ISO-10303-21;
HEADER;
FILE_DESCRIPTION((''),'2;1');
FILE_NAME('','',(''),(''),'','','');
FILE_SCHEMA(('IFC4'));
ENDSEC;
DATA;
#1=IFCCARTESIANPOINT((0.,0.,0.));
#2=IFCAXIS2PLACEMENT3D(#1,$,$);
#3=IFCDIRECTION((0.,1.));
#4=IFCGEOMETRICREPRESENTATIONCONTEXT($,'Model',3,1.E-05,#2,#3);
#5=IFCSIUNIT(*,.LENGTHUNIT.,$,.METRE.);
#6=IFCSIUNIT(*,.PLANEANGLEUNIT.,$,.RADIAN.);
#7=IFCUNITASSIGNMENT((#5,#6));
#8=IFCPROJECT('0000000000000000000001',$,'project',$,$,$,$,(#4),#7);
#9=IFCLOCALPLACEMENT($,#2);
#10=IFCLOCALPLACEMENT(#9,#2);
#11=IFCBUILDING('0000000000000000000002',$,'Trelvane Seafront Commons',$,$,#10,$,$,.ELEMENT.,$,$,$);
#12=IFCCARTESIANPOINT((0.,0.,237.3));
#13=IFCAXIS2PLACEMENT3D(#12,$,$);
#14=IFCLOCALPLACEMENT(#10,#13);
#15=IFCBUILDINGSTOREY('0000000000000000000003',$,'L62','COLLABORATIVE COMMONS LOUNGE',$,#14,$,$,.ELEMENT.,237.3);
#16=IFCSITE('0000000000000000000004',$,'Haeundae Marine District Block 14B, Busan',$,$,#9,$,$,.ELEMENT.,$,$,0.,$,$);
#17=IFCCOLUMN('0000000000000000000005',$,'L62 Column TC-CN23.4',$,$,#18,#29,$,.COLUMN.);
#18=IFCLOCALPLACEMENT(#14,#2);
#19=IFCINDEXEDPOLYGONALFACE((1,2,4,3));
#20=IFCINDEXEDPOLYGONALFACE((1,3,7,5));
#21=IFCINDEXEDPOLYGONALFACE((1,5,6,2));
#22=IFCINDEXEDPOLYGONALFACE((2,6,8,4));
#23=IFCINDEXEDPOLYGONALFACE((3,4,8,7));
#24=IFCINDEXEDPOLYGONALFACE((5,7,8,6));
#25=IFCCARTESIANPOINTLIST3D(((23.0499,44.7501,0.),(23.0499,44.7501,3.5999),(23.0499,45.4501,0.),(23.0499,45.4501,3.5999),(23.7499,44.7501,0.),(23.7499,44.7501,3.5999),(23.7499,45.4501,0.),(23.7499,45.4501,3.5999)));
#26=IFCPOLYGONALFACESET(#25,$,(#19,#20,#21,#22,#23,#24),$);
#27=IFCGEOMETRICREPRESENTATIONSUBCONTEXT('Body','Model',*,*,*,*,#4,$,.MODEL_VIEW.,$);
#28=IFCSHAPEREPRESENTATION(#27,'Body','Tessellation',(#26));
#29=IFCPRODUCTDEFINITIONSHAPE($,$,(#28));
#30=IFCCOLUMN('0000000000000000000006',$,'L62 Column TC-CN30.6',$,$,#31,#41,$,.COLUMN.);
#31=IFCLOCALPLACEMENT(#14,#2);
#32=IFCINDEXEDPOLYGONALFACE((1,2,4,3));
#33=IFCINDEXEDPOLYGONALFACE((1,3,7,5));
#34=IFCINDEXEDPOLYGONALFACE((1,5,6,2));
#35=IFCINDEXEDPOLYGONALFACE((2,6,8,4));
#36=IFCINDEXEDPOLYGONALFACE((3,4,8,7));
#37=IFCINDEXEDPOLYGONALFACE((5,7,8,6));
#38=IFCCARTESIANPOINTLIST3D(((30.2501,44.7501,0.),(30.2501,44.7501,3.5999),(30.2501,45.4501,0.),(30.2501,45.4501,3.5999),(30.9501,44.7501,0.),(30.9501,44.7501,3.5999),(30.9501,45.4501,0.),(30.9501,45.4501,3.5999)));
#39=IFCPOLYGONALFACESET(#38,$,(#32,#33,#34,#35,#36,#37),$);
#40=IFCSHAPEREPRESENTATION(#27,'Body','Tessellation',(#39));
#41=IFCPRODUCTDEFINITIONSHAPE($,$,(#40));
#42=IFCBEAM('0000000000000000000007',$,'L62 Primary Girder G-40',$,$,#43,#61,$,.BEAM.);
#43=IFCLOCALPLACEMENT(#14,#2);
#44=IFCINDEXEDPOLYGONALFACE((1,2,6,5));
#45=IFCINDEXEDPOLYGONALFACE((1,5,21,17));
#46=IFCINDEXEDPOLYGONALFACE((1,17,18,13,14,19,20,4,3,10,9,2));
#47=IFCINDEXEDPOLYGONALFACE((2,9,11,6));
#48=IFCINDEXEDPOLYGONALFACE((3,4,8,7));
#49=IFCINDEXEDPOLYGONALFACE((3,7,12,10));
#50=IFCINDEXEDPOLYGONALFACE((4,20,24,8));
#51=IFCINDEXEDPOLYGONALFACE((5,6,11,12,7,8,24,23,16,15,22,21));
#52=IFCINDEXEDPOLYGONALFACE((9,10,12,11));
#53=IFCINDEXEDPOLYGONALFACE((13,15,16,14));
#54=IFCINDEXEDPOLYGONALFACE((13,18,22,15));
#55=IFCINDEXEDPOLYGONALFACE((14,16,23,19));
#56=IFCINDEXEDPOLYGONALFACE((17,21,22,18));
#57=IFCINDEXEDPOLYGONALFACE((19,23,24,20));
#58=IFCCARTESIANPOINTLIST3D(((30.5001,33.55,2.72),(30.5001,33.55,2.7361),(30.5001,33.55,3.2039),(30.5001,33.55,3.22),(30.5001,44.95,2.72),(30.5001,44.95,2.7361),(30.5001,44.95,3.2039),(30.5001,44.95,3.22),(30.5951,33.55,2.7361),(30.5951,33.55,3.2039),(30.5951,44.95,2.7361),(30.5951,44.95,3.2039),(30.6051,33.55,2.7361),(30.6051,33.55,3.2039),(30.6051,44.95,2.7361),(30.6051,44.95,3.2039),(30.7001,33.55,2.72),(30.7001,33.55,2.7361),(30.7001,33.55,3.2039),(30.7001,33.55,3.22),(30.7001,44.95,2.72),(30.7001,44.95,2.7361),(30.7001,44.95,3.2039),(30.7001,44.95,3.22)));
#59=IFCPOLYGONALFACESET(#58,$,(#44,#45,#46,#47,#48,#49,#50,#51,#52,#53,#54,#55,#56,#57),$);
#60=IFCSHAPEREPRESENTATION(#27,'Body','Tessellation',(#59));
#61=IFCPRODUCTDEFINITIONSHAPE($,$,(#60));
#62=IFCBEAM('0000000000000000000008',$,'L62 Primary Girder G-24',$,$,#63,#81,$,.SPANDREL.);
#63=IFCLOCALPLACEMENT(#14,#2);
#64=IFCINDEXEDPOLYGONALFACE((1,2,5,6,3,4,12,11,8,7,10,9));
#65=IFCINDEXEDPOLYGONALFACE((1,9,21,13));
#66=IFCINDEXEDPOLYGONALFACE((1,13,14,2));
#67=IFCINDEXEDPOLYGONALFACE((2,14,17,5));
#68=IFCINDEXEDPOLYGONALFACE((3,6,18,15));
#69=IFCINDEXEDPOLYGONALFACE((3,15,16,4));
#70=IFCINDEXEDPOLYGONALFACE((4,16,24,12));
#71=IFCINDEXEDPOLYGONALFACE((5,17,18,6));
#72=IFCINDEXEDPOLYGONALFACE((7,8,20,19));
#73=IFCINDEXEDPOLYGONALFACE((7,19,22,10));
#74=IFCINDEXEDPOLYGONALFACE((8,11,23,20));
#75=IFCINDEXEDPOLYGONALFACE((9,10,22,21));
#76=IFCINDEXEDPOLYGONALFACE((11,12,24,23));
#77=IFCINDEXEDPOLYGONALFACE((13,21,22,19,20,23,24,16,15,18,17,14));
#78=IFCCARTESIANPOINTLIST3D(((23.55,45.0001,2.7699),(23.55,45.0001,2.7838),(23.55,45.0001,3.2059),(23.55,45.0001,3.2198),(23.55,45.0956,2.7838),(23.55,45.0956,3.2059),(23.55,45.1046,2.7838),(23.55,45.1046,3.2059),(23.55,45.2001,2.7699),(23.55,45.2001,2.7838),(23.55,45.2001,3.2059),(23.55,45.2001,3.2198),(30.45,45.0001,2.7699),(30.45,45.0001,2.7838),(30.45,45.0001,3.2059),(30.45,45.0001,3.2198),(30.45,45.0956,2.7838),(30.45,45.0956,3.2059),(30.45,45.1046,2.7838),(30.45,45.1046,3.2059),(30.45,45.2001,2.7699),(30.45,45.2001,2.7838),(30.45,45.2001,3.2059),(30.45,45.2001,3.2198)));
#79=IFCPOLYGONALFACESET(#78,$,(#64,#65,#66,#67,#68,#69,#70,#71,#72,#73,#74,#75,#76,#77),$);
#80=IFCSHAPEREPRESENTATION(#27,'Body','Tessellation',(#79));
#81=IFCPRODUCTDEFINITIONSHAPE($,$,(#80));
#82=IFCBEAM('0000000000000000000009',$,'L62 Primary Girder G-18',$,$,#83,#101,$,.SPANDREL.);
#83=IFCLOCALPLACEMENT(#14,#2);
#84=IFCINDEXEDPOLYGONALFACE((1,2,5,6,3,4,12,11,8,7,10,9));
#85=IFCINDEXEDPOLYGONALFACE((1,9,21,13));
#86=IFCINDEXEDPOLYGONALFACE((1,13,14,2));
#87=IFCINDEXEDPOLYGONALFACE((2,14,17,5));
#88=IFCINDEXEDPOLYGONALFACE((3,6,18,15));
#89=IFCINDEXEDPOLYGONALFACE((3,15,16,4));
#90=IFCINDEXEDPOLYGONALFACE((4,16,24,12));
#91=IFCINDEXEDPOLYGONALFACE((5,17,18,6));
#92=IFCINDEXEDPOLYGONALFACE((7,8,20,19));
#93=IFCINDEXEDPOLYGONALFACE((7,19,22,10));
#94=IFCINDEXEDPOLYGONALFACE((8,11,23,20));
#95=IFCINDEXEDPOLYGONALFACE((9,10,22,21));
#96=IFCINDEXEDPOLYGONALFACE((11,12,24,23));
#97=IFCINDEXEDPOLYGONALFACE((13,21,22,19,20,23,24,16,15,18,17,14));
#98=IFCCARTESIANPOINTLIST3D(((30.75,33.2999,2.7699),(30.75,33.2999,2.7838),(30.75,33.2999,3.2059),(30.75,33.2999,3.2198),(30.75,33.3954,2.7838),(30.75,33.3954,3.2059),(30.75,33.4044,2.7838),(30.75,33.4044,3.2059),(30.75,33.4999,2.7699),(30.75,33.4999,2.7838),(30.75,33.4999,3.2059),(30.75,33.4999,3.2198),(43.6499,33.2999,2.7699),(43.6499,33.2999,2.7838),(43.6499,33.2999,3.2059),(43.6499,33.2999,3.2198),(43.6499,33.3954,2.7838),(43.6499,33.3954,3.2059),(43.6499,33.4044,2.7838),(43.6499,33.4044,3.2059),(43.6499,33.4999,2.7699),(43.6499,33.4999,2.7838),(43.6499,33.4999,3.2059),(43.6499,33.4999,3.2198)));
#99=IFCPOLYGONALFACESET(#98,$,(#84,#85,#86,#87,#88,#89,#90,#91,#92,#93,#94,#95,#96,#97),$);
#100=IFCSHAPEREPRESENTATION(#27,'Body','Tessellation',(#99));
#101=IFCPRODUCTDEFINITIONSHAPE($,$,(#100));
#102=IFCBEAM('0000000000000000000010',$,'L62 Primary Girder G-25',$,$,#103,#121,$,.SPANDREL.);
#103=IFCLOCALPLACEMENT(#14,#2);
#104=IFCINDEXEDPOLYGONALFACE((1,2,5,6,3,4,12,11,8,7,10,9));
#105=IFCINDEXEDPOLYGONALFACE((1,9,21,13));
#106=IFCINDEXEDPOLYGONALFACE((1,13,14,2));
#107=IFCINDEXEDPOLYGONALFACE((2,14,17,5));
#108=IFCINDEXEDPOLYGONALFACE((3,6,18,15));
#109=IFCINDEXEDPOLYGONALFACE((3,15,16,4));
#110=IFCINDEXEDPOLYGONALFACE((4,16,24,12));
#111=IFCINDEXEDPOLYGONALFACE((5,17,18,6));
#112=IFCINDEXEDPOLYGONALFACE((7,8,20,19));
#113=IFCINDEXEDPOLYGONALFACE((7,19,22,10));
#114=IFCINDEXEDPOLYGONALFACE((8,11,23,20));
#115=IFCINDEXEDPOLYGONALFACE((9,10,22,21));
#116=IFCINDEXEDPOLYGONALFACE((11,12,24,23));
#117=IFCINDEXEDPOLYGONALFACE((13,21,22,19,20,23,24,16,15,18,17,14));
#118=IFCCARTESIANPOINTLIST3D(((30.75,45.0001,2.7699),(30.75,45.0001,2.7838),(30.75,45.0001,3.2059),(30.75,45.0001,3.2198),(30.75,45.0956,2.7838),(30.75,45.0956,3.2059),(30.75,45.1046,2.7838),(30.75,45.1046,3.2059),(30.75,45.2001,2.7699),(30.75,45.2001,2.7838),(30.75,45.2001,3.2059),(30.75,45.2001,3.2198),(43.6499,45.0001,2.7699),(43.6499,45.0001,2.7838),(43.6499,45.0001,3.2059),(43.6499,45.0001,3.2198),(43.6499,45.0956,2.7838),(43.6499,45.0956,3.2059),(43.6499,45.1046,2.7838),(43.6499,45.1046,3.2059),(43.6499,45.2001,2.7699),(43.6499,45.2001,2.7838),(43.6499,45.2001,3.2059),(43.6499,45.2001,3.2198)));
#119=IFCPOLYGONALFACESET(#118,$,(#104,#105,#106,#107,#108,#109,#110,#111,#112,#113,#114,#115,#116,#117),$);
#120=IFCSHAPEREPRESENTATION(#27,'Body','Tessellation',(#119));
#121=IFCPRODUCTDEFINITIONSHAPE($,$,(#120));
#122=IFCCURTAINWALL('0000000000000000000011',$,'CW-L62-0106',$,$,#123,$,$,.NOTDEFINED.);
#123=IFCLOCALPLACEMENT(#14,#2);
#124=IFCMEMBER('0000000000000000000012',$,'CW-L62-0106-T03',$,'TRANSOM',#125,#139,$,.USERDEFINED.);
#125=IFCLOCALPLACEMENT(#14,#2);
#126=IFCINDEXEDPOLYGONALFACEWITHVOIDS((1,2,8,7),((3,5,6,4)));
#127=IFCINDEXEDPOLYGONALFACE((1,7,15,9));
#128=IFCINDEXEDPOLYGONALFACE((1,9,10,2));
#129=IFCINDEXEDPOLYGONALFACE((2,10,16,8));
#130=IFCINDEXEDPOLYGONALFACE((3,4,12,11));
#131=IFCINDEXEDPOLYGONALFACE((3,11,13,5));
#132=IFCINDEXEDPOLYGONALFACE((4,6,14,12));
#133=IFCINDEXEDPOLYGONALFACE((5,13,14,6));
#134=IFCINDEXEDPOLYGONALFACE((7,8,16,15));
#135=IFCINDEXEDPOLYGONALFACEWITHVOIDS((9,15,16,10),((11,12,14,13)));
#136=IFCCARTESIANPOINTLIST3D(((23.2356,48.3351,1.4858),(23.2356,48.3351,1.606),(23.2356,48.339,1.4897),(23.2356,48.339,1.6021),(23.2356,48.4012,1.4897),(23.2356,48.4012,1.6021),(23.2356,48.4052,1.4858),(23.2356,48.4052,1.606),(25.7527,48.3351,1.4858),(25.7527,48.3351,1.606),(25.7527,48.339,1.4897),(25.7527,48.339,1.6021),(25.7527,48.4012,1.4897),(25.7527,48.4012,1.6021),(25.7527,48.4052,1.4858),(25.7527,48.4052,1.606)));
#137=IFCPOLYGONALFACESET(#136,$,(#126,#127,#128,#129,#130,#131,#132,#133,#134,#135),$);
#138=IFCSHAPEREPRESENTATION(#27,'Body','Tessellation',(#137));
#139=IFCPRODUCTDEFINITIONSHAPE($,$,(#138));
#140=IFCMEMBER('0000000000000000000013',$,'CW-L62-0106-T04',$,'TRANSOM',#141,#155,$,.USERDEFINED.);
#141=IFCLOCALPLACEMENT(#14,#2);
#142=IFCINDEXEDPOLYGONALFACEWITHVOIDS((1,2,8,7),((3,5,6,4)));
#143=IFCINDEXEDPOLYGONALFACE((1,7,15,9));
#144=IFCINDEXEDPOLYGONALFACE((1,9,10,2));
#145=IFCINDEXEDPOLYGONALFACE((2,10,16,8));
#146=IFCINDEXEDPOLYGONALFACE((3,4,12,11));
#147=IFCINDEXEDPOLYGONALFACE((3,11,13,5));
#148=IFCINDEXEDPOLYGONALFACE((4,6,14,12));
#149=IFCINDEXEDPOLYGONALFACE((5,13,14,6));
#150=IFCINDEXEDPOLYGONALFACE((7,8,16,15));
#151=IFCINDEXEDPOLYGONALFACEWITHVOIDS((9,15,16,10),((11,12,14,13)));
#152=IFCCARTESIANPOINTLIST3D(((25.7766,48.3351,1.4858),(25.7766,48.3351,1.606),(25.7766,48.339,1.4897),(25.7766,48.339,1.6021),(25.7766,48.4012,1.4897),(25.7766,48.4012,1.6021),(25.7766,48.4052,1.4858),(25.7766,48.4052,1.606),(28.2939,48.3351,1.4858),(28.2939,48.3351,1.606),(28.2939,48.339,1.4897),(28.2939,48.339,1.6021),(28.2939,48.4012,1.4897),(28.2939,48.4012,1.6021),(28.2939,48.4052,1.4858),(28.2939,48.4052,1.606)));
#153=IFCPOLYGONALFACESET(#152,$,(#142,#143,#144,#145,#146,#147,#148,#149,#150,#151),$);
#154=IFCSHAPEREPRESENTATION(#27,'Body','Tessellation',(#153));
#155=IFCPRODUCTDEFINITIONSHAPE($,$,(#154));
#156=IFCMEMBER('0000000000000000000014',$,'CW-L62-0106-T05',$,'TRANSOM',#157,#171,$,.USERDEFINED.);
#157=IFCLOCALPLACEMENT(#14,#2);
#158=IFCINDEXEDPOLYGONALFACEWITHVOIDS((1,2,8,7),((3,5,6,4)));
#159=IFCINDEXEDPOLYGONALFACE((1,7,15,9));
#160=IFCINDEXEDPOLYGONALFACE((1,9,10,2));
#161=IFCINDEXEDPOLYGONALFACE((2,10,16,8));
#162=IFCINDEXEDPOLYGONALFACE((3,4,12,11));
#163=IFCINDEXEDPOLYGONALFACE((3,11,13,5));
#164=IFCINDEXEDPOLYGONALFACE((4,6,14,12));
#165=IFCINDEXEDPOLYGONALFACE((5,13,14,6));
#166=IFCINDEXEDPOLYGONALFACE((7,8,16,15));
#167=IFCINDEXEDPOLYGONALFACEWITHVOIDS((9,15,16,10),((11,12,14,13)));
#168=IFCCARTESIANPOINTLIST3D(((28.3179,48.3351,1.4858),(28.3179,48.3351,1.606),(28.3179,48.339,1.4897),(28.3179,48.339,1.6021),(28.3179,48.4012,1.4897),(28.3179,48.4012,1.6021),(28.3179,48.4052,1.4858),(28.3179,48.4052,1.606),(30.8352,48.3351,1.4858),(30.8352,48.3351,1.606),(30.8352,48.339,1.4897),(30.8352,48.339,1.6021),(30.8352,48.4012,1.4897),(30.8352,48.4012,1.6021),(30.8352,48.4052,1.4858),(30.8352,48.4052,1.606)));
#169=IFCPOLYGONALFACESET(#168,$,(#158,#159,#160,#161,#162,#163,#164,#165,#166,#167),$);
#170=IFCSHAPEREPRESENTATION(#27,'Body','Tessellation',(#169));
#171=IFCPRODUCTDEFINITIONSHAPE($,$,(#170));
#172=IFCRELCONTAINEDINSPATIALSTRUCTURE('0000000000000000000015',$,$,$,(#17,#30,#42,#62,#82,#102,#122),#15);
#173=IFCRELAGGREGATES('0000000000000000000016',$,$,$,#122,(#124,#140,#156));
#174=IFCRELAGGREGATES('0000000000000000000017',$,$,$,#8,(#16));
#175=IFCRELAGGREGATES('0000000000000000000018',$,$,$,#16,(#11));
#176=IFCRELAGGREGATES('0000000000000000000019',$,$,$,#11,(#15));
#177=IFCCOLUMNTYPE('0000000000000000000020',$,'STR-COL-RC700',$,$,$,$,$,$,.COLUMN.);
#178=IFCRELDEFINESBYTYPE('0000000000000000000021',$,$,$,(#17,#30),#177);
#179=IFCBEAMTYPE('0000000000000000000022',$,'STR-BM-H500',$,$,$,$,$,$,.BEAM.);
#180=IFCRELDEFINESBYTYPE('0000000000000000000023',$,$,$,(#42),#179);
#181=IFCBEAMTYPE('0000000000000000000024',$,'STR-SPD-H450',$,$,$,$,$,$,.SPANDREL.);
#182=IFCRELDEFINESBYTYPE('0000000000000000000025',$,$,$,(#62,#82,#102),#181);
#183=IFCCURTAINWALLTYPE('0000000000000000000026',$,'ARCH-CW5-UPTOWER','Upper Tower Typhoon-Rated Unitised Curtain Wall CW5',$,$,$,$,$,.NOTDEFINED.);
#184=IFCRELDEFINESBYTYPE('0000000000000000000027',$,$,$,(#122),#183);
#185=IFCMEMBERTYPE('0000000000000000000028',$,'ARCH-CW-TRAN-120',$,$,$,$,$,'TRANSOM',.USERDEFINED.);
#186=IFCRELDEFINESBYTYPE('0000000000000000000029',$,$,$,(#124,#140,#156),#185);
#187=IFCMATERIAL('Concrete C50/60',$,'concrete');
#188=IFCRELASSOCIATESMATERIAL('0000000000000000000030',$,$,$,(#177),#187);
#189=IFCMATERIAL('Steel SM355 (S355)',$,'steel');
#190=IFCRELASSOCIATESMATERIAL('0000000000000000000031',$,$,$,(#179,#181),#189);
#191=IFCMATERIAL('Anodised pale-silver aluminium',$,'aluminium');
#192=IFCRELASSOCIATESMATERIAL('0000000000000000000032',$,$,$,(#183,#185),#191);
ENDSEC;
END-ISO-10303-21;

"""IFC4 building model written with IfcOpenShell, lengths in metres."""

from ifc_helpers import new_model, si_unit, direction, frame, origin, origin_2d, place, context, subcontext, project, spatial, rectangle, hollow_rectangle, i_section, extrude, source, transform, mapped, material, material_profile, profile_set, type_object, element, aggregate, save


model = new_model("IFC4")

# Units and contexts
model_context = context("Model", 3, precision=1e-05, world=origin(), true_north=direction((0.0, 1.0)))
body_context = subcontext(model_context, "Body", "Model", "MODEL_VIEW")
ifc_project = project(units=[si_unit("LENGTHUNIT", "METRE"), si_unit("PLANEANGLEUNIT", "RADIAN")], contexts=[model_context])

# Site, building, storey
site_placement = place(None, origin())
site = spatial("IfcSite", under=ifc_project, at=site_placement, Name="Haeundae Marine District Block 14B, Busan", CompositionType="ELEMENT", RefElevation=0.0)
building_placement = place(site_placement, origin())
building = spatial("IfcBuilding", under=site, at=building_placement, Name="Trelvane Seafront Commons", CompositionType="ELEMENT")
storey_placement = place(building_placement, frame((0.0, 0.0, 237.3)))
storey = spatial("IfcBuildingStorey", under=building, at=storey_placement, Name="L62", Description="COLLABORATIVE COMMONS LOUNGE", CompositionType="ELEMENT", Elevation=237.3)

# Columns
ifc_material_1 = material(Name="Concrete C50/60", Category="concrete")
ifc_material_profile_1 = material_profile(ifc_material_1, rectangle(XDim=0.7, YDim=0.7, at=origin_2d()), Name="RC-700x700")
ifc_profile_set_1 = profile_set([ifc_material_profile_1], Name="Concrete C50/60")
column_type = type_object("IfcColumnType", Name="STR-COL-RC700", PredefinedType="COLUMN", material=ifc_profile_set_1)
shared_shape_1 = source(origin(), body_context, "Body", "SweptSolid", [
    extrude(rectangle(XDim=0.7, YDim=0.7, at=origin_2d()), origin(), (0.0, 0.0, 1.0), 3.5999),
])
for number, where, z_axis, x_axis, name in (
    (1, (23.3999, 45.1001, 0.0), (0.0, 0.0, 1.0), (1.0, 0.0, 0.0), "L62 Column TC-CN23.4"),
    (2, (30.6001, 45.1001, 0.0), (0.0, 0.0, 1.0), (1.0, 0.0, 0.0), "L62 Column TC-CN30.6"),
):
    element("IfcColumn", number, at=place(storey_placement, frame(where, z_axis=z_axis, x_axis=x_axis)), inside=storey, type_object=column_type, Name=name, PredefinedType="COLUMN", context=body_context, shape_type="MappedRepresentation", body=[
        mapped(shared_shape_1, transform((0.0, 0.0, 0.0), x_axis=(1.0, 0.0, 0.0), y_axis=(0.0, 1.0, 0.0), z_axis=(0.0, 0.0, 1.0), scale=1.0)),
    ])

# Beams
ifc_material_2 = material(Name="Steel SM355 (S355)", Category="steel")
ifc_material_profile_2 = material_profile(ifc_material_2, i_section(OverallWidth=0.2, OverallDepth=0.5, WebThickness=0.01, FlangeThickness=0.0161, at=origin_2d()), Name="H-500x200x10x16")
ifc_profile_set_2 = profile_set([ifc_material_profile_2], Name="Steel SM355 (S355)")
beam_type_1 = type_object("IfcBeamType", Name="STR-BM-H500", PredefinedType="BEAM", material=ifc_profile_set_2)
shared_shape_2 = source(origin(), body_context, "Body", "SweptSolid", [
    extrude(i_section(OverallWidth=0.2, OverallDepth=0.5, WebThickness=0.01, FlangeThickness=0.0161, at=origin_2d()), origin(), (0.0, 0.0, 1.0), 11.3999),
])
beam_1_placement = place(storey_placement, frame((30.6001, 33.55, 2.97), z_axis=(0.0, 1.0, 0.0), x_axis=(-1.0, 0.0, 0.0)))
element("IfcBeam", 3, at=beam_1_placement, inside=storey, type_object=beam_type_1, Name="L62 Primary Girder G-40", PredefinedType="BEAM", context=body_context, shape_type="MappedRepresentation", body=[
    mapped(shared_shape_2, transform((0.0, 0.0, 0.0), x_axis=(1.0, 0.0, 0.0), y_axis=(0.0, 1.0, 0.0), z_axis=(0.0, 0.0, 1.0), scale=1.0)),
])
ifc_material_profile_3 = material_profile(ifc_material_2, i_section(OverallWidth=0.2, OverallDepth=0.45, WebThickness=0.009, FlangeThickness=0.0139, at=origin_2d()), Name="H-450x200x9x14")
ifc_profile_set_3 = profile_set([ifc_material_profile_3], Name="Steel SM355 (S355)")
beam_type_2 = type_object("IfcBeamType", Name="STR-SPD-H450", PredefinedType="SPANDREL", material=ifc_profile_set_3)
shared_shape_3 = source(origin(), body_context, "Body", "SweptSolid", [
    extrude(i_section(OverallWidth=0.2, OverallDepth=0.45, WebThickness=0.009, FlangeThickness=0.0139, at=origin_2d()), origin(), (0.0, 0.0, 1.0), 6.8999),
])
beam_2_placement = place(storey_placement, frame((23.55, 45.1001, 2.9949), z_axis=(1.0, 0.0, 0.0), x_axis=(0.0, 1.0, 0.0)))
element("IfcBeam", 4, at=beam_2_placement, inside=storey, type_object=beam_type_2, Name="L62 Primary Girder G-24", PredefinedType="SPANDREL", context=body_context, shape_type="MappedRepresentation", body=[
    mapped(shared_shape_3, transform((0.0, 0.0, 0.0), x_axis=(1.0, 0.0, 0.0), y_axis=(0.0, 1.0, 0.0), z_axis=(0.0, 0.0, 1.0), scale=1.0)),
])
shared_shape_4 = source(origin(), body_context, "Body", "SweptSolid", [
    extrude(i_section(OverallWidth=0.2, OverallDepth=0.45, WebThickness=0.009, FlangeThickness=0.0139, at=origin_2d()), origin(), (0.0, 0.0, 1.0), 12.8999),
])
for number, where, z_axis, x_axis, name in (
    (5, (30.75, 33.3999, 2.9949), (1.0, 0.0, 0.0), (0.0, 1.0, 0.0), "L62 Primary Girder G-18"),
    (6, (30.75, 45.1001, 2.9949), (1.0, 0.0, 0.0), (0.0, 1.0, 0.0), "L62 Primary Girder G-25"),
):
    element("IfcBeam", number, at=place(storey_placement, frame(where, z_axis=z_axis, x_axis=x_axis)), inside=storey, type_object=beam_type_2, Name=name, PredefinedType="SPANDREL", context=body_context, shape_type="MappedRepresentation", body=[
        mapped(shared_shape_4, transform((0.0, 0.0, 0.0), x_axis=(1.0, 0.0, 0.0), y_axis=(0.0, 1.0, 0.0), z_axis=(0.0, 0.0, 1.0), scale=1.0)),
    ])

# Curtain wall, members
ifc_material_3 = material(Name="Anodised pale-silver aluminium", Category="aluminium")
curtain_wall_type = type_object("IfcCurtainWallType", Name="ARCH-CW5-UPTOWER", Description="Upper Tower Typhoon-Rated Unitised Curtain Wall CW5", PredefinedType="NOTDEFINED", material=ifc_material_3)
curtain_wall_placement = place(storey_placement, origin())
curtain_wall = element("IfcCurtainWall", 7, at=curtain_wall_placement, inside=storey, type_object=curtain_wall_type, Name="CW-L62-0106", PredefinedType="NOTDEFINED")
ifc_material_profile_4 = material_profile(ifc_material_3, hollow_rectangle(XDim=0.0701, YDim=0.1201, WallThickness=0.0039, at=origin_2d()), Name="TRAN-70x120x4")
ifc_profile_set_4 = profile_set([ifc_material_profile_4], Name="Anodised pale-silver aluminium")
member_type_1 = type_object("IfcMemberType", Name="ARCH-CW-TRAN-120", ElementType="TRANSOM", PredefinedType="USERDEFINED", material=ifc_profile_set_4)
shared_shape_5 = source(origin(), body_context, "Body", "SweptSolid", [
    extrude(hollow_rectangle(XDim=0.0701, YDim=0.1201, WallThickness=0.0039, at=origin_2d()), origin(), (0.0, 0.0, 1.0), 2.5171),
])
member_1_placement = place(storey_placement, frame((23.2356, 48.3701, 1.5459), z_axis=(1.0, 0.0, 0.0), x_axis=(0.0, 1.0, 0.0)))
member_1 = element("IfcMember", 8, at=member_1_placement, type_object=member_type_1, Name="CW-L62-0106-T03", ObjectType="TRANSOM", PredefinedType="USERDEFINED", context=body_context, shape_type="MappedRepresentation", body=[
    mapped(shared_shape_5, transform((0.0, 0.0, 0.0), x_axis=(1.0, 0.0, 0.0), y_axis=(0.0, 1.0, 0.0), z_axis=(0.0, 0.0, 1.0), scale=1.0)),
])
shared_shape_6 = source(origin(), body_context, "Body", "SweptSolid", [
    extrude(hollow_rectangle(XDim=0.0701, YDim=0.1201, WallThickness=0.0039, at=origin_2d()), origin(), (0.0, 0.0, 1.0), 2.5173),
])
member_2_placement = place(storey_placement, frame((25.7766, 48.3701, 1.5459), z_axis=(1.0, 0.0, 0.0), x_axis=(0.0, 1.0, 0.0)))
member_2 = element("IfcMember", 9, at=member_2_placement, type_object=member_type_1, Name="CW-L62-0106-T04", ObjectType="TRANSOM", PredefinedType="USERDEFINED", context=body_context, shape_type="MappedRepresentation", body=[
    mapped(shared_shape_6, transform((0.0, 0.0, 0.0), x_axis=(1.0, 0.0, 0.0), y_axis=(0.0, 1.0, 0.0), z_axis=(0.0, 0.0, 1.0), scale=1.0)),
])
member_3_placement = place(storey_placement, frame((28.3179, 48.3701, 1.5459), z_axis=(1.0, 0.0, 0.0), x_axis=(0.0, 1.0, 0.0)))
member_3 = element("IfcMember", 10, at=member_3_placement, type_object=member_type_1, Name="CW-L62-0106-T05", ObjectType="TRANSOM", PredefinedType="USERDEFINED", context=body_context, shape_type="MappedRepresentation", body=[
    mapped(shared_shape_6, transform((0.0, 0.0, 0.0), x_axis=(1.0, 0.0, 0.0), y_axis=(0.0, 1.0, 0.0), z_axis=(0.0, 0.0, 1.0), scale=1.0)),
])
aggregate(curtain_wall, [member_1, member_2, member_3])

save(model, "model.ifc")
